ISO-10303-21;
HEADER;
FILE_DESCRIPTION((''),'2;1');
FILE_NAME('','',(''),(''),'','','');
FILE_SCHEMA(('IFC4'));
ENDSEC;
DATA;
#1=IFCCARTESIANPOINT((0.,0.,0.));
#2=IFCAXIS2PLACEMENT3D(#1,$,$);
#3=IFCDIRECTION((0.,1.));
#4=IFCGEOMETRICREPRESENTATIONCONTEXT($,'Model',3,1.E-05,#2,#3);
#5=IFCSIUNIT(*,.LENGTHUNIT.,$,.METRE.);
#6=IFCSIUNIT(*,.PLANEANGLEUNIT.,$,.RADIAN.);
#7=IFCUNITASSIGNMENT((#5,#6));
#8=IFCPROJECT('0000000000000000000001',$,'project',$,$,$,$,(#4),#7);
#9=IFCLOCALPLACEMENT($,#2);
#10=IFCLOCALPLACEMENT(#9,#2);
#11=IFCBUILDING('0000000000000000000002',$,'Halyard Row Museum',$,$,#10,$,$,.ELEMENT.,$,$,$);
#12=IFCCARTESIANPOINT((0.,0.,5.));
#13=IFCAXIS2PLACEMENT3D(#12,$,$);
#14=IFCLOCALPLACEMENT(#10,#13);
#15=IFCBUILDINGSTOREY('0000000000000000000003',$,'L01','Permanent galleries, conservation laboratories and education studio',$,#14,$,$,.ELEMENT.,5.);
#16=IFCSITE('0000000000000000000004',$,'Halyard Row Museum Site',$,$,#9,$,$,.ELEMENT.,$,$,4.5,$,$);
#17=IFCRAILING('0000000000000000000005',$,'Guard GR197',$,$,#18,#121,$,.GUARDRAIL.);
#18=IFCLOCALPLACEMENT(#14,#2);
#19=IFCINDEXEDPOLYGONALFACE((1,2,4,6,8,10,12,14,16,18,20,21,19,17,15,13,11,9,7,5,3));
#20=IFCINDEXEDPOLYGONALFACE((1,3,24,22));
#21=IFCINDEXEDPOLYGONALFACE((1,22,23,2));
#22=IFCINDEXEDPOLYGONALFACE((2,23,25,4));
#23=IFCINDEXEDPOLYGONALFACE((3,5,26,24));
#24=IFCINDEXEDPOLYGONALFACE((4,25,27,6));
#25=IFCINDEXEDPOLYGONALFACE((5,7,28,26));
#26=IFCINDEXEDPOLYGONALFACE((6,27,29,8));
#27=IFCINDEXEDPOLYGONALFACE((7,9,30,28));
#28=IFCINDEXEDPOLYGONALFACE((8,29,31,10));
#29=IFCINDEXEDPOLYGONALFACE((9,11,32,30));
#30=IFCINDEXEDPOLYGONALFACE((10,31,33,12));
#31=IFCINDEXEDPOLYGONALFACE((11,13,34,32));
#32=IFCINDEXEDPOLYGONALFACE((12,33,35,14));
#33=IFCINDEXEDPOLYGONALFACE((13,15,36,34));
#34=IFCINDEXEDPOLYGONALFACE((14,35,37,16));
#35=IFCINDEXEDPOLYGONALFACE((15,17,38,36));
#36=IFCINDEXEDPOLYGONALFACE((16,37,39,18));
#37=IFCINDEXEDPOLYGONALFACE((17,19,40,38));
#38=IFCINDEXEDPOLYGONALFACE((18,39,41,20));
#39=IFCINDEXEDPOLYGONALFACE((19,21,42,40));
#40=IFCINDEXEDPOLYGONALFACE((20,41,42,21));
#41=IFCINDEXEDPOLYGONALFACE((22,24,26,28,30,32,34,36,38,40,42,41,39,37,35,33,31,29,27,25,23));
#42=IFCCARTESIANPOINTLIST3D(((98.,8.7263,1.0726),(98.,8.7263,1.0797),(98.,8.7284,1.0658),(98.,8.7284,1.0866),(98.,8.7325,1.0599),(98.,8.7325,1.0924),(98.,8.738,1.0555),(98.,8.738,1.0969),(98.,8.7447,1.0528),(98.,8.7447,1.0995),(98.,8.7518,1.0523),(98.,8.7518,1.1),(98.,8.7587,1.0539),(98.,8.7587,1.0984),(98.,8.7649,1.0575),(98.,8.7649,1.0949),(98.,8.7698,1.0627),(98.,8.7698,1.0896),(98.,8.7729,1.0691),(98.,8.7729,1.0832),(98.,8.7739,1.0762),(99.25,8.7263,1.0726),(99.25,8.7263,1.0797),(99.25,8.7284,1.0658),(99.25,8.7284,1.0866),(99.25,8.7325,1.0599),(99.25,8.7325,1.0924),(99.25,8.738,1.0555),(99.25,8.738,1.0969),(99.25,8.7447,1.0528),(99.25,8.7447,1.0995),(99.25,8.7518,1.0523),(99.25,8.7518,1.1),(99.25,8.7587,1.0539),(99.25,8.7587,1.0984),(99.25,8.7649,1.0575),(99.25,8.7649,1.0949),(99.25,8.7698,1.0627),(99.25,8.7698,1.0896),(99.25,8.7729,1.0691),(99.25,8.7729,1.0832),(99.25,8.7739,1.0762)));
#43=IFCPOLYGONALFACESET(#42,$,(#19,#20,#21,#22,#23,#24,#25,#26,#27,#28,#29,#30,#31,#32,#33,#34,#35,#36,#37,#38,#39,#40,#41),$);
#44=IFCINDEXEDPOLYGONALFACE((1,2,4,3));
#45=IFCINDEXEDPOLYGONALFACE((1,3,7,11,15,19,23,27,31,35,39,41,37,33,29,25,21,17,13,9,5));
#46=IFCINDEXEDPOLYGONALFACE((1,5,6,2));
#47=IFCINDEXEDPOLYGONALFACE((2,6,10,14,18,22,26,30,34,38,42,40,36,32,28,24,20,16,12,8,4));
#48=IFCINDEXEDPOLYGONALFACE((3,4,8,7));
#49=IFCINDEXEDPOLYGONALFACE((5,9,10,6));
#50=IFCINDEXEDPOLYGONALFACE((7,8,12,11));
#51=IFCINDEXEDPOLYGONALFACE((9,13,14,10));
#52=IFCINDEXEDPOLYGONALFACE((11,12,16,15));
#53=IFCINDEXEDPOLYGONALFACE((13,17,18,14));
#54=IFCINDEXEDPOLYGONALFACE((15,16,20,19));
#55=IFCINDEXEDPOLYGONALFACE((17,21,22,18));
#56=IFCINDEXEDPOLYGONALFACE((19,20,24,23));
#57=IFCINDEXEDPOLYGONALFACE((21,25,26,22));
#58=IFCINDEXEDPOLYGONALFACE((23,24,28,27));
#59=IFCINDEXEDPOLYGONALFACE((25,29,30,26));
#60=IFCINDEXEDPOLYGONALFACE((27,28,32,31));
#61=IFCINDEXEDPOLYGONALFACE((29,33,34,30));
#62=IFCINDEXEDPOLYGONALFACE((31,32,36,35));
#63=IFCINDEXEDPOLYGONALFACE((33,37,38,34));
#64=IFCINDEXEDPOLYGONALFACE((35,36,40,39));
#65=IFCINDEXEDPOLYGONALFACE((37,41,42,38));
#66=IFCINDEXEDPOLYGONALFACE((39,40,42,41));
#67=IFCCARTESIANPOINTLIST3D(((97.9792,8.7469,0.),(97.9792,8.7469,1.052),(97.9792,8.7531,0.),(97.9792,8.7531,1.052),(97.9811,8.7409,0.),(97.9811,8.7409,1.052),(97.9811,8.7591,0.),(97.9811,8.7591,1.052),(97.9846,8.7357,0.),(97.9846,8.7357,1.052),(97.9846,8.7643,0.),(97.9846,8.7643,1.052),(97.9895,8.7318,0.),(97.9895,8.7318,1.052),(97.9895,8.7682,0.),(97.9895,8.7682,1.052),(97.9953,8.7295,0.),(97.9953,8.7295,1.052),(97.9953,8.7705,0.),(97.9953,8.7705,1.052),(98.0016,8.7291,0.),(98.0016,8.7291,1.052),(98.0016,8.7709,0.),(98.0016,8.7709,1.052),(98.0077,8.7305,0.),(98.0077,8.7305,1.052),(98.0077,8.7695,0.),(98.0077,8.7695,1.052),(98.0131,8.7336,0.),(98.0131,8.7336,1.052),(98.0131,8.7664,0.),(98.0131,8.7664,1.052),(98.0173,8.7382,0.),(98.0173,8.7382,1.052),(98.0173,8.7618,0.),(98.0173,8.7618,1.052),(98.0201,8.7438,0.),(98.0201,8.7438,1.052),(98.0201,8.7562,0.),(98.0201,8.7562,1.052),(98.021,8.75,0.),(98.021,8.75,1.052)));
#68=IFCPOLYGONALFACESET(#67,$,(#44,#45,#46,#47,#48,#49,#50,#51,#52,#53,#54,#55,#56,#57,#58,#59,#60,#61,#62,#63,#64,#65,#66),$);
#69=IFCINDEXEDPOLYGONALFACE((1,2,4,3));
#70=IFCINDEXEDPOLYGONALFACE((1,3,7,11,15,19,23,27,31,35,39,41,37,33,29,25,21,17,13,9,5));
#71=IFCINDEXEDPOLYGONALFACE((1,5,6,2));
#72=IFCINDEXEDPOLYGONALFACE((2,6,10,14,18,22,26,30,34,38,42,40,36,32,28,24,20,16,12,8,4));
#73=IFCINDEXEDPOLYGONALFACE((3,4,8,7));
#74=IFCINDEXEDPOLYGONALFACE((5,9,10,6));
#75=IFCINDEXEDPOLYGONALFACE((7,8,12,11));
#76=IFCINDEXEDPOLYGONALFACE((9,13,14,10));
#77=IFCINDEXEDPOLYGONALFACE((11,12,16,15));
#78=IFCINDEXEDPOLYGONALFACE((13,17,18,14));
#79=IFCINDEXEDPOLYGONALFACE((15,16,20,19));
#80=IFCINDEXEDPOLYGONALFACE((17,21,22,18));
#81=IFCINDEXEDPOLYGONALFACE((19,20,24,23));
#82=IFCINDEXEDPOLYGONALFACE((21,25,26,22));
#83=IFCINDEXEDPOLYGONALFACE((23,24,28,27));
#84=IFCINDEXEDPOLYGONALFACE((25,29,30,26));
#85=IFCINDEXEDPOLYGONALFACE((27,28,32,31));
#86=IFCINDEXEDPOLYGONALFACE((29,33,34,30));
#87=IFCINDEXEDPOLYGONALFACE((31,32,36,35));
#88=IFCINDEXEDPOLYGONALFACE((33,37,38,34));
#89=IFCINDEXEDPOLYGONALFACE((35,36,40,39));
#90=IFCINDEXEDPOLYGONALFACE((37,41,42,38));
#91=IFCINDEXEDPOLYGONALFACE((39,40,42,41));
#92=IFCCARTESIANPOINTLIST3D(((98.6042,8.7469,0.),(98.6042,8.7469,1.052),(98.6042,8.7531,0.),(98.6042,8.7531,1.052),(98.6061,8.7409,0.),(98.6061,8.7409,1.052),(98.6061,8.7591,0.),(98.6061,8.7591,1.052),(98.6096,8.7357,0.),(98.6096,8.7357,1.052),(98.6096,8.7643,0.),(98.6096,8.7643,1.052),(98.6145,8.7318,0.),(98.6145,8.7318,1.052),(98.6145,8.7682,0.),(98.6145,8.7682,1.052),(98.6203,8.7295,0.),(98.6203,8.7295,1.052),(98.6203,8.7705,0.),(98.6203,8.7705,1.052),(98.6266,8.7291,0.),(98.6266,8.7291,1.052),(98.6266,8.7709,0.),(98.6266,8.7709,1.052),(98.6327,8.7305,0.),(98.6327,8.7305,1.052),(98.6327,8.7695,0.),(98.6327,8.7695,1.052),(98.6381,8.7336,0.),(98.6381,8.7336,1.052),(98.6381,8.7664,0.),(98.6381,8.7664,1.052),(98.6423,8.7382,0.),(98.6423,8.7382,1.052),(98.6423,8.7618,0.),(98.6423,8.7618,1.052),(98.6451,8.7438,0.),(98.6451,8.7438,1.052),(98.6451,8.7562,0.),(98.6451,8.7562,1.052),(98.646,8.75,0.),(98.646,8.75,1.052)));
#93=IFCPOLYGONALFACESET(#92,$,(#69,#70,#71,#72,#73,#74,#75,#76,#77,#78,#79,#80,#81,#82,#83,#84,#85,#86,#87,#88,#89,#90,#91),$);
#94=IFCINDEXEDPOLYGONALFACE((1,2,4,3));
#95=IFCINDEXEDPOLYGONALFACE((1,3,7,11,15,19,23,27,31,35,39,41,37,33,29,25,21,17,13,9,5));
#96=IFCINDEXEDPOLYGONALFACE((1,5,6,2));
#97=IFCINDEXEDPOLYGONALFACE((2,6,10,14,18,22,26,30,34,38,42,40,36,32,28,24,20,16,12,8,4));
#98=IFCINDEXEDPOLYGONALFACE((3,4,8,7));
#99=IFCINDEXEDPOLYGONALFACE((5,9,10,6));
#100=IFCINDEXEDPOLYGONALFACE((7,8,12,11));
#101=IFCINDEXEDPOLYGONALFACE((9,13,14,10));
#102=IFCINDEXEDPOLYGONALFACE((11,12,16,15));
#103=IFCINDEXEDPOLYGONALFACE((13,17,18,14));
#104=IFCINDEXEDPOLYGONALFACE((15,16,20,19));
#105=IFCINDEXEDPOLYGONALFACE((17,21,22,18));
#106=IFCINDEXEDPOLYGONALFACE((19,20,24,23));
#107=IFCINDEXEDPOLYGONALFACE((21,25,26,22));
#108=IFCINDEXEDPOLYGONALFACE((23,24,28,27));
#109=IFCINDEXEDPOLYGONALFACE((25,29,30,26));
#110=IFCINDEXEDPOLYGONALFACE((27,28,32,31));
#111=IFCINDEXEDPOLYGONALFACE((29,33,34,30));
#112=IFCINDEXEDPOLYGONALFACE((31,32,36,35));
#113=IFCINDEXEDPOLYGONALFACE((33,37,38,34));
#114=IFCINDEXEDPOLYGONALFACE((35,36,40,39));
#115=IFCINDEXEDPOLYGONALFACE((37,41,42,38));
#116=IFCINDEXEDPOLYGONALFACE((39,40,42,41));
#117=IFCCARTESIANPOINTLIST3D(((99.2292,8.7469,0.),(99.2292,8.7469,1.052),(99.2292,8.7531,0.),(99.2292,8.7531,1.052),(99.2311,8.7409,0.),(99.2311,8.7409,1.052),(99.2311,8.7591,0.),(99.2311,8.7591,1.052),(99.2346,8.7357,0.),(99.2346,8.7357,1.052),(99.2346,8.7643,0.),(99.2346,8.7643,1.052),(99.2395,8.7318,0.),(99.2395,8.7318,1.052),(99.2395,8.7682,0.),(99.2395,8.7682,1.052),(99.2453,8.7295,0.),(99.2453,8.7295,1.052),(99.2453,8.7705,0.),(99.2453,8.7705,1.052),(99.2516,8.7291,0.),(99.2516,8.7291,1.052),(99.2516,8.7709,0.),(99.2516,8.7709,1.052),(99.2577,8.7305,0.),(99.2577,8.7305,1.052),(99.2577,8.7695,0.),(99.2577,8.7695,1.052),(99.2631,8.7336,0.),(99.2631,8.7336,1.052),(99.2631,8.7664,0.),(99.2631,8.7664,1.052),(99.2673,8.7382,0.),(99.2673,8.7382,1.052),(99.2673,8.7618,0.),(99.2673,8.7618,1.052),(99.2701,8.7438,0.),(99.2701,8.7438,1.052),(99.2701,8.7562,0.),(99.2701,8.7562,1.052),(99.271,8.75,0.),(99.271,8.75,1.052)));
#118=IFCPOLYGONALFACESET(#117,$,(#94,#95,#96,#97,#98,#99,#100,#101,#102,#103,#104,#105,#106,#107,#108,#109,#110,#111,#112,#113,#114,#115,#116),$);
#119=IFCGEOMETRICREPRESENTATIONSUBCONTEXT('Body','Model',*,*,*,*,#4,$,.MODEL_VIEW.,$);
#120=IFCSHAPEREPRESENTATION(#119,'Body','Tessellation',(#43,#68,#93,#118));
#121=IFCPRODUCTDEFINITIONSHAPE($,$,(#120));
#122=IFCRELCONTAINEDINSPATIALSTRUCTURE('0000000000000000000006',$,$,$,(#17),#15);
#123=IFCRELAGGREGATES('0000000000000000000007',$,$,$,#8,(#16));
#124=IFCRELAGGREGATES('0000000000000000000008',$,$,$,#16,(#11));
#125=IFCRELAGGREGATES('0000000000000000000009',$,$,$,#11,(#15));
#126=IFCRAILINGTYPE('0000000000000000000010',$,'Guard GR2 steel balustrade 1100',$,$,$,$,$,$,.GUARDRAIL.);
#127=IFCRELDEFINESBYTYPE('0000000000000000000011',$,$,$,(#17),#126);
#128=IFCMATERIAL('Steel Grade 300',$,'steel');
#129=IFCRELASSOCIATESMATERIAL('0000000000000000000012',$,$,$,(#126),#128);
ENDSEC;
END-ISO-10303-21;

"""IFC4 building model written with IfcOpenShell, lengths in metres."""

from ifc_helpers import new_model, si_unit, direction, frame, origin, origin_2d, place, context, subcontext, project, spatial, circle, extrude, material, type_object, element, save


model = new_model("IFC4")

# Units and contexts
model_context = context("Model", 3, precision=1e-05, world=origin(), true_north=direction((0.0, 1.0)))
body_context = subcontext(model_context, "Body", "Model", "MODEL_VIEW")
ifc_project = project(units=[si_unit("LENGTHUNIT", "METRE"), si_unit("PLANEANGLEUNIT", "RADIAN")], contexts=[model_context])

# Site, building, storey
site_placement = place(None, origin())
site = spatial("IfcSite", under=ifc_project, at=site_placement, Name="Halyard Row Museum Site", CompositionType="ELEMENT", RefElevation=4.5)
building_placement = place(site_placement, origin())
building = spatial("IfcBuilding", under=site, at=building_placement, Name="Halyard Row Museum", CompositionType="ELEMENT")
storey_placement = place(building_placement, frame((0.0, 0.0, 5.0)))
storey = spatial("IfcBuildingStorey", under=building, at=storey_placement, Name="L01", Description="Permanent galleries, conservation laboratories and education studio", CompositionType="ELEMENT", Elevation=5.0)

# Railing
ifc_material_1 = material(Name="Steel Grade 300", Category="steel")
railing_type = type_object("IfcRailingType", Name="Guard GR2 steel balustrade 1100", PredefinedType="GUARDRAIL", material=ifc_material_1)
railing_placement = place(storey_placement, frame((98.0, 8.75, 0.0)))
element("IfcRailing", 1, at=railing_placement, inside=storey, type_object=railing_type, Name="Guard GR197", PredefinedType="GUARDRAIL", context=body_context, shape_type="SweptSolid", body=[
    extrude(circle(Radius=0.0239, at=origin_2d()), frame((0.0, 0.0, 1.0762), z_axis=(1.0, 0.0, 0.0), x_axis=(0.0, 1.0, 0.0)), (0.0, 0.0, 1.0), 1.25),
    extrude(circle(Radius=0.021, at=origin_2d()), origin(), (0.0, 0.0, 1.0), 1.052),
    extrude(circle(Radius=0.021, at=origin_2d()), frame((0.625, 0.0, 0.0)), (0.0, 0.0, 1.0), 1.052),
    extrude(circle(Radius=0.021, at=origin_2d()), frame((1.25, 0.0, 0.0)), (0.0, 0.0, 1.0), 1.052),
])

save(model, "model.ifc")
